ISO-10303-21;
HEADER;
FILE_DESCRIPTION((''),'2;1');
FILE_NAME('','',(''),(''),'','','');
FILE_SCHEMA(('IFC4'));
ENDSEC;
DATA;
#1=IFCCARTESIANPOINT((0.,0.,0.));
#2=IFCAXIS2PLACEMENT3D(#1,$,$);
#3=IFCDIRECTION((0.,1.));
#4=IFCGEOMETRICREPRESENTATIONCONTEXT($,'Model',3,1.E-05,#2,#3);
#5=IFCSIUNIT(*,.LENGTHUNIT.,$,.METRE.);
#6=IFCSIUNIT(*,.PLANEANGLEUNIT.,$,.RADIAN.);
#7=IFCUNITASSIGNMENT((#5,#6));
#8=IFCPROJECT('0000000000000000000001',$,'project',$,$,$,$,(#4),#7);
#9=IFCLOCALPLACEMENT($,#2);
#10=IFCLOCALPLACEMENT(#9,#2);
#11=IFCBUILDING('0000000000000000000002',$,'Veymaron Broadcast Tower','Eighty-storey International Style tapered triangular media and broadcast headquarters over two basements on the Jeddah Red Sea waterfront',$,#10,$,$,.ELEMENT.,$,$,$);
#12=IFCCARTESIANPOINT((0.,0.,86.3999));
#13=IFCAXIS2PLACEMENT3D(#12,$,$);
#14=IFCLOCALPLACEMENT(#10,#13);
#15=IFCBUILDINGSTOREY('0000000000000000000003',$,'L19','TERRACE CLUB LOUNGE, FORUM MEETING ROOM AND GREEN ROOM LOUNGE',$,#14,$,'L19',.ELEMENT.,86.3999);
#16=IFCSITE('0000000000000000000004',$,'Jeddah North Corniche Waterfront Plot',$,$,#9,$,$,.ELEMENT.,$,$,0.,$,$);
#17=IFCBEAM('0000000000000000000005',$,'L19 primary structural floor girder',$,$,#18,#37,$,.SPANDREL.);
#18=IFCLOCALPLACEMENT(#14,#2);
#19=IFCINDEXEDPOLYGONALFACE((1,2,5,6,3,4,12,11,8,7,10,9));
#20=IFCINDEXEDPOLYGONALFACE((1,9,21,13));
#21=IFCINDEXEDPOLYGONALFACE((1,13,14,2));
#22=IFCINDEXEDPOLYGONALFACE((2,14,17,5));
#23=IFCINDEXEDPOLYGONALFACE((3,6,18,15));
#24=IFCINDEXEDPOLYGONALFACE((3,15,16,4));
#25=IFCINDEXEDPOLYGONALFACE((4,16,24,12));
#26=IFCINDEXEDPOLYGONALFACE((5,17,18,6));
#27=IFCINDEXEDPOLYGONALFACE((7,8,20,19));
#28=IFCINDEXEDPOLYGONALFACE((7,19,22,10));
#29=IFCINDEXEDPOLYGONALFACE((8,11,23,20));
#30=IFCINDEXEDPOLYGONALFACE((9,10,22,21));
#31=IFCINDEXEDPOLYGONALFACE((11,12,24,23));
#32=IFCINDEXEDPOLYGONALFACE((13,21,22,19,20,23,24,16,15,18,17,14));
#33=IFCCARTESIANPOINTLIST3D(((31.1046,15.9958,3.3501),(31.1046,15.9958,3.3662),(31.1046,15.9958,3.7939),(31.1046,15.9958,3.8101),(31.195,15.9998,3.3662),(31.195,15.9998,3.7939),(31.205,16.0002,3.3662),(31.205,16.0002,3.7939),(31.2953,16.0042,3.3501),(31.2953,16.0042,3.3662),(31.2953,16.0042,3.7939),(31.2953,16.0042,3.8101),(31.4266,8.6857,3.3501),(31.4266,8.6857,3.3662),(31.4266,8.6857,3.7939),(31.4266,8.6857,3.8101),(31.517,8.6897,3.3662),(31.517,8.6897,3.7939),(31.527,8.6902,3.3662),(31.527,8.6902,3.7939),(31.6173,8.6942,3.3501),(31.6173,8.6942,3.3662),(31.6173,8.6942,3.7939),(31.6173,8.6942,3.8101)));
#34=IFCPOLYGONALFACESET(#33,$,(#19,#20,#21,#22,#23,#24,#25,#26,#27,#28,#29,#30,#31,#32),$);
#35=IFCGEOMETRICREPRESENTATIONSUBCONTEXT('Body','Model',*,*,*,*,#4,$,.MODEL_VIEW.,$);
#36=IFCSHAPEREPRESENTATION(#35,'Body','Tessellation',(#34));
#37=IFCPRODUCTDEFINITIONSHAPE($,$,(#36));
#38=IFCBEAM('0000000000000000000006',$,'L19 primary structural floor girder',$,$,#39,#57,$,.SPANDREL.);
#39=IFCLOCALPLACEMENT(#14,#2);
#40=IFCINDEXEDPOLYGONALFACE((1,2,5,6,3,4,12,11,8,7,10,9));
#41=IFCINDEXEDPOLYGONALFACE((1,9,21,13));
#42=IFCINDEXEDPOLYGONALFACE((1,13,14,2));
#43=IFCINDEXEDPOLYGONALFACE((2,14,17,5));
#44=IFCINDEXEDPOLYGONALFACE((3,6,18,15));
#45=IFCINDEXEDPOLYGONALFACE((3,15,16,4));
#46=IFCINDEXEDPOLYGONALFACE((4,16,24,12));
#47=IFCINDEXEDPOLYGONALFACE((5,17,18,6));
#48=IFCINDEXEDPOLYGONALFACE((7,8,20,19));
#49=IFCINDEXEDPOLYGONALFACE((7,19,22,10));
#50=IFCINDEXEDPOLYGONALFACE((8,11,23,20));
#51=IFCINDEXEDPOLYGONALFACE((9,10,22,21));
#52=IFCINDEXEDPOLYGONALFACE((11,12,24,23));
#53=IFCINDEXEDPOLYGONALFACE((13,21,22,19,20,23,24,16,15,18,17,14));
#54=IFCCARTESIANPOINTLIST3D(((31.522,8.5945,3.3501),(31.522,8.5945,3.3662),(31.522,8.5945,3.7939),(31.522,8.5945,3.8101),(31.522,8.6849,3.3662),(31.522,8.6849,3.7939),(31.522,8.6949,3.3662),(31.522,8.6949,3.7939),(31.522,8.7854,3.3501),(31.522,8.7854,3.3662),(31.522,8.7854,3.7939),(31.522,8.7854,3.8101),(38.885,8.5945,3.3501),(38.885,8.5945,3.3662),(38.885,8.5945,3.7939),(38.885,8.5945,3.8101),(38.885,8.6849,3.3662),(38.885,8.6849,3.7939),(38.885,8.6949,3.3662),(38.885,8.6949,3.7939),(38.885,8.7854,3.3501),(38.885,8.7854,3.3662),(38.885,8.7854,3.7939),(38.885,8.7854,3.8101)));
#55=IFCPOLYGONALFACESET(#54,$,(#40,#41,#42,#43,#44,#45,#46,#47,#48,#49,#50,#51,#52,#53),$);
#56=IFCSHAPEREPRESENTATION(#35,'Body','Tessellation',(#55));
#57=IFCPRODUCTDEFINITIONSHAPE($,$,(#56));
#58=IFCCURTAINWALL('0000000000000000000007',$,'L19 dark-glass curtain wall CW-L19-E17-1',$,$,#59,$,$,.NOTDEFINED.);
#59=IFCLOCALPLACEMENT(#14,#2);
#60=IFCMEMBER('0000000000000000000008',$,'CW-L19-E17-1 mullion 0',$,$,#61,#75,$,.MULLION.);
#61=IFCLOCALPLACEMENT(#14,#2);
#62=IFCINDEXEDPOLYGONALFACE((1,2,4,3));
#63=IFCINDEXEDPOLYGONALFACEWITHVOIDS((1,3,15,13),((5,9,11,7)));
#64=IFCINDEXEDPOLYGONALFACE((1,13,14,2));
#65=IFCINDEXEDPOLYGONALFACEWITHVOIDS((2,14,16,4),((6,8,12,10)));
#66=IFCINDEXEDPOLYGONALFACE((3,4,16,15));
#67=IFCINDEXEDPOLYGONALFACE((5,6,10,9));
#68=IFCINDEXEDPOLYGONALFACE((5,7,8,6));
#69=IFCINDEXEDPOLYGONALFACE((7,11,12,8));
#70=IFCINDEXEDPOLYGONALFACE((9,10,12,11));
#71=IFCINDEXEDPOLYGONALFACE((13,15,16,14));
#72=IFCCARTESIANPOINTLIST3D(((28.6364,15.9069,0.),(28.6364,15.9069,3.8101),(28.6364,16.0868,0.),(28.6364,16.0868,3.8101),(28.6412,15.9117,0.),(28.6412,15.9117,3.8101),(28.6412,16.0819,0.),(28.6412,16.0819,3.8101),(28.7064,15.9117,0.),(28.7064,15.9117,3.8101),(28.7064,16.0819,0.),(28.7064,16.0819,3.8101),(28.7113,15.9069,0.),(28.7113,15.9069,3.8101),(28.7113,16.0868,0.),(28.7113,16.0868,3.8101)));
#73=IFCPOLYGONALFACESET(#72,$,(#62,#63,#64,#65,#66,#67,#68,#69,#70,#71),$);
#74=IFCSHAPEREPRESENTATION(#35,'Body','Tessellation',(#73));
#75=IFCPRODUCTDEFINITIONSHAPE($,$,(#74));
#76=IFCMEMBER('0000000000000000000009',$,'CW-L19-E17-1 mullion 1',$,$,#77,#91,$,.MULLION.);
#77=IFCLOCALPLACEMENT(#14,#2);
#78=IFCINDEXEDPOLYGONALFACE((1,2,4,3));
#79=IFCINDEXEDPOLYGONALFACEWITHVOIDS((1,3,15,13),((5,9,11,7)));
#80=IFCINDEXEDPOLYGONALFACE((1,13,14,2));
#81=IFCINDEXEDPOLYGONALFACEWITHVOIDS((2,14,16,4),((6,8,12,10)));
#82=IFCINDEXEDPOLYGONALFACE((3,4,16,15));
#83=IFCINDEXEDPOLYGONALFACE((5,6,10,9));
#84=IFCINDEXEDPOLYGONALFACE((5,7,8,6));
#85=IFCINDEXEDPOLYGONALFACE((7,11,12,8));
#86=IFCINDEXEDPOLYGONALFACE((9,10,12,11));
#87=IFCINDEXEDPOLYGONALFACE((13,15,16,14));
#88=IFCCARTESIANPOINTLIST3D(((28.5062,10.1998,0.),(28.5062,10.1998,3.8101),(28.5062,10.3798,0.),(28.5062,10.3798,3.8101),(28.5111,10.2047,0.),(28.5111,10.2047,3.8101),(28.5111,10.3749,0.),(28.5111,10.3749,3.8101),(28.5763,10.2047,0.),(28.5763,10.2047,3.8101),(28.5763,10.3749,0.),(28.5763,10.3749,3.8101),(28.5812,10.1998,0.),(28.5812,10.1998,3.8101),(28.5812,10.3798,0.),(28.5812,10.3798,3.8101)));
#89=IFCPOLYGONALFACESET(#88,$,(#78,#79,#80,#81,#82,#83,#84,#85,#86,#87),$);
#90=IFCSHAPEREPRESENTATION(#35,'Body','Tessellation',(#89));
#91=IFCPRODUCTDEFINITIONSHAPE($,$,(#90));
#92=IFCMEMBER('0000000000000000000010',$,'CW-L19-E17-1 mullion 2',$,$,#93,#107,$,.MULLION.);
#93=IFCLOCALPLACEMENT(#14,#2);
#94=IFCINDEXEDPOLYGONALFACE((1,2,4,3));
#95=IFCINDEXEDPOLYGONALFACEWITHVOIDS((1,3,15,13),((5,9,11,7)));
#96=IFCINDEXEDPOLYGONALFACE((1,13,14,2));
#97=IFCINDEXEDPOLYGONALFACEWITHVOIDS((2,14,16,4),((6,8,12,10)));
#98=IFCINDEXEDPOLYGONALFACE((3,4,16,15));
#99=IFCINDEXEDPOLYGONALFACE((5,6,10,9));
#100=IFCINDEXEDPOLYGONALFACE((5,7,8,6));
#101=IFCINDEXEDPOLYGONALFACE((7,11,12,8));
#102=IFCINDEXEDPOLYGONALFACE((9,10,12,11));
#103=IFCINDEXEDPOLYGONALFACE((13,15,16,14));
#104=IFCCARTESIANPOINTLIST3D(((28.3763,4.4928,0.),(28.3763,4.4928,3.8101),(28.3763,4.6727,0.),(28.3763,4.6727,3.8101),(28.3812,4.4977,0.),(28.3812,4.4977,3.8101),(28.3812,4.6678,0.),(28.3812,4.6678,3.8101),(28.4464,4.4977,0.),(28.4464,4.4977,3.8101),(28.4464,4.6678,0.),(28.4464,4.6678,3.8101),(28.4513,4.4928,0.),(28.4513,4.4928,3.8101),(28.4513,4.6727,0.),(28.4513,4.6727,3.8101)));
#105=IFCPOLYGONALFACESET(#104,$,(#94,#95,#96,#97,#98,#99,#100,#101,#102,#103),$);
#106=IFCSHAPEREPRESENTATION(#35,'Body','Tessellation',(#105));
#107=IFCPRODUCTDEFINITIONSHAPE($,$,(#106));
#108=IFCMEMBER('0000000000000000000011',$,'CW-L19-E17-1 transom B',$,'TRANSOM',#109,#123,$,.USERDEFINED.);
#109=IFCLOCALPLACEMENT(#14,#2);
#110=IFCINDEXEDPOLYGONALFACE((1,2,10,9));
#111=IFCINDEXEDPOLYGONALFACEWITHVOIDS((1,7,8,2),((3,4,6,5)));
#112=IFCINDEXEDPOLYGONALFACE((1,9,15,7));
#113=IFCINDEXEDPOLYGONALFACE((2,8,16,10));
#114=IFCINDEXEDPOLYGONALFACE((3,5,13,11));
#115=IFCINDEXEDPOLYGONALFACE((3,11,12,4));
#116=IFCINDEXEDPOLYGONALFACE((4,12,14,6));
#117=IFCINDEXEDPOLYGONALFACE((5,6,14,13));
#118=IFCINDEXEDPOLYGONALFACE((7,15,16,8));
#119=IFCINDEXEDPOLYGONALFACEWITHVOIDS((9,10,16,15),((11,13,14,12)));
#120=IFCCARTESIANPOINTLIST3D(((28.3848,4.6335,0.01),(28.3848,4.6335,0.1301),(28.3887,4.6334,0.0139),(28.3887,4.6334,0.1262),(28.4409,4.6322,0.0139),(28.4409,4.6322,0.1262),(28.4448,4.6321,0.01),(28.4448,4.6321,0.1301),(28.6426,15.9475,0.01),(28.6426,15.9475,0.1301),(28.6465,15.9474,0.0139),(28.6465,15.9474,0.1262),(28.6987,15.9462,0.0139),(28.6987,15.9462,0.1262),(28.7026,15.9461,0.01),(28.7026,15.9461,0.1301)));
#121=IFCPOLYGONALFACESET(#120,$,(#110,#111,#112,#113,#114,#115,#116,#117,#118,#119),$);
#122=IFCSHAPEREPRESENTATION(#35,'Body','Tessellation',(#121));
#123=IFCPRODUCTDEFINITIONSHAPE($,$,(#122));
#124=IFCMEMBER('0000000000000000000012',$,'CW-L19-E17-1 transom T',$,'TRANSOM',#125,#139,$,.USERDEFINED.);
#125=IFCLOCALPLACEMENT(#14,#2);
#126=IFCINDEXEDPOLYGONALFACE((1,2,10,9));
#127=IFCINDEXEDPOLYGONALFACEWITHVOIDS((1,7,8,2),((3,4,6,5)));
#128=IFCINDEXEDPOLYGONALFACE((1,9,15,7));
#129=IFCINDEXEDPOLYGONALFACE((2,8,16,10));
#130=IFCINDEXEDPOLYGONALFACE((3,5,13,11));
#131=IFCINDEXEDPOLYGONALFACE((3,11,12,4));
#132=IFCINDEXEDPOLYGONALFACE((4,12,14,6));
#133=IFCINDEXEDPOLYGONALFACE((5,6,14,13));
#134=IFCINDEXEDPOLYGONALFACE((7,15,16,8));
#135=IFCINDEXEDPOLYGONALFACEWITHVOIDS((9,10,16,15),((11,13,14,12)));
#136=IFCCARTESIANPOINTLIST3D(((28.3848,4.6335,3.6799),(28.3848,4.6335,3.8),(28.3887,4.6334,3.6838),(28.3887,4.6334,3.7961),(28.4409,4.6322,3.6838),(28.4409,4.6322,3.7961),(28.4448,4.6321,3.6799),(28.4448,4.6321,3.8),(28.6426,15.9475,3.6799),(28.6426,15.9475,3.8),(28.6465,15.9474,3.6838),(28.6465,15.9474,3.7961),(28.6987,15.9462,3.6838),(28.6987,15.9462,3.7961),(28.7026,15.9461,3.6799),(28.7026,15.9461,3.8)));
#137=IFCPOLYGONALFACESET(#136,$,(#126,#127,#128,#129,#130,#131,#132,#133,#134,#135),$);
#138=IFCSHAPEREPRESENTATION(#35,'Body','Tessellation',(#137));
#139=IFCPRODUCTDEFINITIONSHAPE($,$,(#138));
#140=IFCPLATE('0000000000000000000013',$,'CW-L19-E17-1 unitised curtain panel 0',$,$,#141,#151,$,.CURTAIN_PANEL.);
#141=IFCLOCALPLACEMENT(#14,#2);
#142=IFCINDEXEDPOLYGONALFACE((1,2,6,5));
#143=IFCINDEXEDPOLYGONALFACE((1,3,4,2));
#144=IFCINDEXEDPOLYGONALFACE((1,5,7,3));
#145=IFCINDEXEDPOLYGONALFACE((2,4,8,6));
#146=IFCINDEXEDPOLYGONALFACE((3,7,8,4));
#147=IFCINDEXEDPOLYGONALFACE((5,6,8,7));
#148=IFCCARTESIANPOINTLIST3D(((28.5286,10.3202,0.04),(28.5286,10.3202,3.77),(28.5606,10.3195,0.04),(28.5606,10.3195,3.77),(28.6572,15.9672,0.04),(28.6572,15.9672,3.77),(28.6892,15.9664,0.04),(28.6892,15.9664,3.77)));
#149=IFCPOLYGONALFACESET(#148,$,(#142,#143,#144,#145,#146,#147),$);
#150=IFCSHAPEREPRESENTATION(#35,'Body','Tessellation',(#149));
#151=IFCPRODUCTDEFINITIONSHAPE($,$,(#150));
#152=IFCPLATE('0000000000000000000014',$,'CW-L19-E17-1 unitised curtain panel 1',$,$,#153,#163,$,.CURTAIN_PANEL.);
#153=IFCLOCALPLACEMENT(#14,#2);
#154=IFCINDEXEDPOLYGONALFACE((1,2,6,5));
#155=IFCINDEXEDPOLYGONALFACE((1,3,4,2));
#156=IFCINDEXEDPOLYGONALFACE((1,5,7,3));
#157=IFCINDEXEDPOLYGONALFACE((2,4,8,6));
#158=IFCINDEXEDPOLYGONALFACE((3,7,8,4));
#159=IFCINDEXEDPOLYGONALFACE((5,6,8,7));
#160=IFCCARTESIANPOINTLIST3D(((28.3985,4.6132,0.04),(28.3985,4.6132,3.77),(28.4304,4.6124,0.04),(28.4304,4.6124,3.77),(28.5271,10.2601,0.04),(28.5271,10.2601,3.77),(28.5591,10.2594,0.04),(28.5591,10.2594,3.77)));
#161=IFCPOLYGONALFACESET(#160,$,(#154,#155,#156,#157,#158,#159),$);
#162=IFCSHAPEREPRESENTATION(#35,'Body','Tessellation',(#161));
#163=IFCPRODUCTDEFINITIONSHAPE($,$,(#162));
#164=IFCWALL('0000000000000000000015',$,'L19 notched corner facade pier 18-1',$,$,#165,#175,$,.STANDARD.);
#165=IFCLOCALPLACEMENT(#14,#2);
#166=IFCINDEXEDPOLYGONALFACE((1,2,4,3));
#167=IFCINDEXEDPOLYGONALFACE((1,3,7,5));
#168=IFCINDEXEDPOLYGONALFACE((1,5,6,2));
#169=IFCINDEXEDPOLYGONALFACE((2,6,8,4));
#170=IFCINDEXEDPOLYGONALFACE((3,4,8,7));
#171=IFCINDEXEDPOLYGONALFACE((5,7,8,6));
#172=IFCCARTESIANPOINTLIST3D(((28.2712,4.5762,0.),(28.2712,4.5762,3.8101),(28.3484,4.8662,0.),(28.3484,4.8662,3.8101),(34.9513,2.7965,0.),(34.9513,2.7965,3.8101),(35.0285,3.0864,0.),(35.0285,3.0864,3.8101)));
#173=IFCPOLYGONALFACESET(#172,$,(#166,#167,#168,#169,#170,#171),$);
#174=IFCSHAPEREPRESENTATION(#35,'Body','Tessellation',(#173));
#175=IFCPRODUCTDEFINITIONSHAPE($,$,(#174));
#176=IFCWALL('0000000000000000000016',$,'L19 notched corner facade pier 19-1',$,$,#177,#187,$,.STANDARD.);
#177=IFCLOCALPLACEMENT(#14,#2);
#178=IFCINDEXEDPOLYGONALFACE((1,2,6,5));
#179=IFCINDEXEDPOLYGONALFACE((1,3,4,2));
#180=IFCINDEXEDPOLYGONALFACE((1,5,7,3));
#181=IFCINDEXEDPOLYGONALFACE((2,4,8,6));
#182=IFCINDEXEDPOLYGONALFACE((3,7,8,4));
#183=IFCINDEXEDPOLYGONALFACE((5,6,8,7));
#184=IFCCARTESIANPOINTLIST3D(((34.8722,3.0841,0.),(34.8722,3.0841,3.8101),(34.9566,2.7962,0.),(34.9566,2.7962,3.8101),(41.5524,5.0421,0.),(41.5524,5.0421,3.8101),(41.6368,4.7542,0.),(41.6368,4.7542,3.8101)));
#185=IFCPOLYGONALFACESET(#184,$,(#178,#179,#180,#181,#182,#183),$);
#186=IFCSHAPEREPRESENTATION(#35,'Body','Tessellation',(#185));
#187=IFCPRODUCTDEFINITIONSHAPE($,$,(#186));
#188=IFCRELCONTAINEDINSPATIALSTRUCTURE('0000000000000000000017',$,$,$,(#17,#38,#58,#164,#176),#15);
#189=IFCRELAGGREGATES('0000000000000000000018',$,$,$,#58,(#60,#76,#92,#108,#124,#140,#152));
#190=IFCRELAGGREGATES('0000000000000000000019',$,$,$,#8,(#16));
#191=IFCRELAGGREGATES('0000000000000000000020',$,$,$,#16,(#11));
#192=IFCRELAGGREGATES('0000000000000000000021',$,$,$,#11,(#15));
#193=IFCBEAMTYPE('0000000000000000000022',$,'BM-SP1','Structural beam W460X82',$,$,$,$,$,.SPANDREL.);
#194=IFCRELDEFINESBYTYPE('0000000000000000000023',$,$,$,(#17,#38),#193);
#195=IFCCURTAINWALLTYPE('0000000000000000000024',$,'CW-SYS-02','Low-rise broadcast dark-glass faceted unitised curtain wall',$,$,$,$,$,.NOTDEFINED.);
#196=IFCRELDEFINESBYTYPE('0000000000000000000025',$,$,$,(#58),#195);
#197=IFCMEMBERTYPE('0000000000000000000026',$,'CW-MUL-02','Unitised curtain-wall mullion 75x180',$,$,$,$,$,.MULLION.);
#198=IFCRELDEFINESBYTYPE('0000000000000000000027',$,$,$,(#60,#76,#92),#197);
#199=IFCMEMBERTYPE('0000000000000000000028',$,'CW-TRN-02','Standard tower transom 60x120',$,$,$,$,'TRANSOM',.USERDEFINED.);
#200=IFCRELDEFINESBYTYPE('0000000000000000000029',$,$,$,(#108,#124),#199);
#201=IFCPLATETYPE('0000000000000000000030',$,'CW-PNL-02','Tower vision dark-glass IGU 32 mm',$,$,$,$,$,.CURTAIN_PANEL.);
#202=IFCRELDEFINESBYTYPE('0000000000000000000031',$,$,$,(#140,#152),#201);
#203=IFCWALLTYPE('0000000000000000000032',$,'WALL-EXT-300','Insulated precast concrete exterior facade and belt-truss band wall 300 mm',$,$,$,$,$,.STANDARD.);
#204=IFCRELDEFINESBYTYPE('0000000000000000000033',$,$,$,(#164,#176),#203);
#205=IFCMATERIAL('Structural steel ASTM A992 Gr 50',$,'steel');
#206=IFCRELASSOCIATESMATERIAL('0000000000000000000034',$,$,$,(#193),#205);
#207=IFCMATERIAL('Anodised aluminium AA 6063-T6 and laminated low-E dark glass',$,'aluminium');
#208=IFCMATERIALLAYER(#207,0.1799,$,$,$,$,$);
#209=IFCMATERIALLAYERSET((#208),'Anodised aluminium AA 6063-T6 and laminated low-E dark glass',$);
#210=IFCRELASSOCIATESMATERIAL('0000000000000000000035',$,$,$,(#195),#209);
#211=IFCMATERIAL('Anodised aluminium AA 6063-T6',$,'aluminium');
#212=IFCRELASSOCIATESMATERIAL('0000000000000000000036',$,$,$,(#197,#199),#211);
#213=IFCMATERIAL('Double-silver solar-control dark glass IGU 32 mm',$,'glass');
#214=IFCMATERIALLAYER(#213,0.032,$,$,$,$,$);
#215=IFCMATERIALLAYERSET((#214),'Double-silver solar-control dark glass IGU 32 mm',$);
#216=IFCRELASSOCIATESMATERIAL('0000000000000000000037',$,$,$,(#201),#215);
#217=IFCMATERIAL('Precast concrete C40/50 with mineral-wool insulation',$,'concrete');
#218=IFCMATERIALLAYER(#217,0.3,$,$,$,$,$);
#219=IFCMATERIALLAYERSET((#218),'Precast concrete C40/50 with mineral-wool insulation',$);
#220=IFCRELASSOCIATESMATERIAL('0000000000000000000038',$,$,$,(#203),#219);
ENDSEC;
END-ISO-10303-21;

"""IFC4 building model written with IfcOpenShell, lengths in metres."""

from ifc_helpers import new_model, si_unit, direction, frame, frame_2d, origin, origin_2d, place, context, subcontext, project, spatial, rectangle, hollow_rectangle, i_section, extrude, material, layer, layer_set, material_profile, profile_set, type_object, element, aggregate, save


model = new_model("IFC4")

# Units and contexts
model_context = context("Model", 3, precision=1e-05, world=origin(), true_north=direction((0.0, 1.0)))
body_context = subcontext(model_context, "Body", "Model", "MODEL_VIEW")
ifc_project = project(units=[si_unit("LENGTHUNIT", "METRE"), si_unit("PLANEANGLEUNIT", "RADIAN")], contexts=[model_context])

# Site, building, storey
site_placement = place(None, origin())
site = spatial("IfcSite", under=ifc_project, at=site_placement, Name="Jeddah North Corniche Waterfront Plot", CompositionType="ELEMENT", RefElevation=0.0)
building_placement = place(site_placement, origin())
building = spatial("IfcBuilding", under=site, at=building_placement, Name="Veymaron Broadcast Tower", Description="Eighty-storey International Style tapered triangular media and broadcast headquarters over two basements on the Jeddah Red Sea waterfront", CompositionType="ELEMENT")
storey_placement = place(building_placement, frame((0.0, 0.0, 86.3999)))
storey = spatial("IfcBuildingStorey", under=building, at=storey_placement, Name="L19", Description="TERRACE CLUB LOUNGE, FORUM MEETING ROOM AND GREEN ROOM LOUNGE", LongName="L19", CompositionType="ELEMENT", Elevation=86.3999)

# Beams
ifc_material_1 = material(Name="Structural steel ASTM A992 Gr 50", Category="steel")
ifc_material_profile_1 = material_profile(ifc_material_1, i_section(OverallWidth=0.1909, OverallDepth=0.46, WebThickness=0.01, FlangeThickness=0.0161, at=origin_2d()), Name="W460X82")
ifc_profile_set_1 = profile_set([ifc_material_profile_1], Name="Structural steel ASTM A992 Gr 50")
beam_type_1 = type_object("IfcBeamType", Name="BM-SP1", Description="Structural beam W460X82", PredefinedType="SPANDREL", material=ifc_profile_set_1)
beam_1_placement = place(storey_placement, frame((31.2, 16.0, 3.5801), z_axis=(0.044009, -0.999031, 0.0), x_axis=(0.999031, 0.044009, 0.0)))
element("IfcBeam", 1, at=beam_1_placement, inside=storey, type_object=beam_type_1, Name="L19 primary structural floor girder", PredefinedType="SPANDREL", context=body_context, shape_type="SweptSolid", body=[
    extrude(i_section(OverallWidth=0.1909, OverallDepth=0.46, WebThickness=0.01, FlangeThickness=0.0161, at=origin_2d()), origin(), (0.0, 0.0, 1.0), 7.3171),
])
beam_2_placement = place(storey_placement, frame((31.522, 8.6899, 3.5801), z_axis=(1.0, 0.0, 0.0), x_axis=(0.0, 1.0, 0.0)))
element("IfcBeam", 2, at=beam_2_placement, inside=storey, type_object=beam_type_1, Name="L19 primary structural floor girder", PredefinedType="SPANDREL", context=body_context, shape_type="SweptSolid", body=[
    extrude(i_section(OverallWidth=0.1909, OverallDepth=0.46, WebThickness=0.01, FlangeThickness=0.0161, at=origin_2d()), origin(), (0.0, 0.0, 1.0), 7.363),
])

# Curtain wall, members, plates
ifc_material_2 = material(Name="Anodised aluminium AA 6063-T6 and laminated low-E dark glass", Category="aluminium")
ifc_layer_1 = layer(ifc_material_2, 0.1799)
ifc_layer_set_1 = layer_set([ifc_layer_1], Name="Anodised aluminium AA 6063-T6 and laminated low-E dark glass")
curtain_wall_type = type_object("IfcCurtainWallType", Name="CW-SYS-02", Description="Low-rise broadcast dark-glass faceted unitised curtain wall", PredefinedType="NOTDEFINED", material=ifc_layer_set_1)
curtain_wall_placement = place(storey_placement, origin())
curtain_wall = element("IfcCurtainWall", 3, at=curtain_wall_placement, inside=storey, type_object=curtain_wall_type, Name="L19 dark-glass curtain wall CW-L19-E17-1", PredefinedType="NOTDEFINED")
ifc_material_3 = material(Name="Anodised aluminium AA 6063-T6", Category="aluminium")
ifc_material_profile_2 = material_profile(ifc_material_3, hollow_rectangle(XDim=0.075, YDim=0.1799, WallThickness=0.0049, at=origin_2d()), Name="AL180X75X5")
ifc_profile_set_2 = profile_set([ifc_material_profile_2], Name="Anodised aluminium AA 6063-T6")
member_type_1 = type_object("IfcMemberType", Name="CW-MUL-02", Description="Unitised curtain-wall mullion 75x180", PredefinedType="MULLION", material=ifc_profile_set_2)
member_1_placement = place(storey_placement, frame((28.6738, 15.9968, 0.0), z_axis=(0.0, 0.0, 1.0), x_axis=(1.0, 0.0, 0.0)))
member_1 = element("IfcMember", 4, at=member_1_placement, type_object=member_type_1, Name="CW-L19-E17-1 mullion 0", PredefinedType="MULLION", context=body_context, shape_type="SweptSolid", body=[
    extrude(hollow_rectangle(XDim=0.075, YDim=0.1799, WallThickness=0.0049, at=origin_2d()), origin(), (0.0, 0.0, 1.0), 3.8101),
])
member_2_placement = place(storey_placement, frame((28.5437, 10.2898, 0.0), z_axis=(0.0, 0.0, 1.0), x_axis=(1.0, 0.0, 0.0)))
member_2 = element("IfcMember", 5, at=member_2_placement, type_object=member_type_1, Name="CW-L19-E17-1 mullion 1", PredefinedType="MULLION", context=body_context, shape_type="SweptSolid", body=[
    extrude(hollow_rectangle(XDim=0.075, YDim=0.1799, WallThickness=0.0049, at=origin_2d()), origin(), (0.0, 0.0, 1.0), 3.8101),
])
member_3_placement = place(storey_placement, frame((28.4138, 4.5828, 0.0), z_axis=(0.0, 0.0, 1.0), x_axis=(1.0, 0.0, 0.0)))
member_3 = element("IfcMember", 6, at=member_3_placement, type_object=member_type_1, Name="CW-L19-E17-1 mullion 2", PredefinedType="MULLION", context=body_context, shape_type="SweptSolid", body=[
    extrude(hollow_rectangle(XDim=0.075, YDim=0.1799, WallThickness=0.0049, at=origin_2d()), origin(), (0.0, 0.0, 1.0), 3.8101),
])
ifc_material_profile_3 = material_profile(ifc_material_3, hollow_rectangle(XDim=0.0601, YDim=0.1201, WallThickness=0.0039, at=origin_2d()), Name="AL120X60X4")
ifc_profile_set_3 = profile_set([ifc_material_profile_3], Name="Anodised aluminium AA 6063-T6")
member_type_2 = type_object("IfcMemberType", Name="CW-TRN-02", Description="Standard tower transom 60x120", ElementType="TRANSOM", PredefinedType="USERDEFINED", material=ifc_profile_set_3)
member_4_placement = place(storey_placement, frame((28.6726, 15.9468, 0.0701), z_axis=(-0.022781, -0.99974, 0.0), x_axis=(0.99974, -0.022781, 0.0)))
member_4 = element("IfcMember", 7, at=member_4_placement, type_object=member_type_2, Name="CW-L19-E17-1 transom B", ObjectType="TRANSOM", PredefinedType="USERDEFINED", context=body_context, shape_type="SweptSolid", body=[
    extrude(hollow_rectangle(XDim=0.0601, YDim=0.1201, WallThickness=0.0039, at=origin_2d()), origin(), (0.0, 0.0, 1.0), 11.3169),
])
member_5_placement = place(storey_placement, frame((28.6726, 15.9468, 3.74), z_axis=(-0.022781, -0.99974, 0.0), x_axis=(0.99974, -0.022781, 0.0)))
member_5 = element("IfcMember", 8, at=member_5_placement, type_object=member_type_2, Name="CW-L19-E17-1 transom T", ObjectType="TRANSOM", PredefinedType="USERDEFINED", context=body_context, shape_type="SweptSolid", body=[
    extrude(hollow_rectangle(XDim=0.0601, YDim=0.1201, WallThickness=0.0039, at=origin_2d()), origin(), (0.0, 0.0, 1.0), 11.3169),
])
ifc_material_4 = material(Name="Double-silver solar-control dark glass IGU 32 mm", Category="glass")
ifc_layer_2 = layer(ifc_material_4, 0.032)
ifc_layer_set_2 = layer_set([ifc_layer_2], Name="Double-silver solar-control dark glass IGU 32 mm")
plate_type = type_object("IfcPlateType", Name="CW-PNL-02", Description="Tower vision dark-glass IGU 32 mm", PredefinedType="CURTAIN_PANEL", material=ifc_layer_set_2)
plate_1_placement = place(storey_placement, frame((28.6089, 13.1433, 0.04), z_axis=(0.0, 0.0, 1.0), x_axis=(-0.022775, -0.999741, 0.0)))
plate_1 = element("IfcPlate", 9, at=plate_1_placement, type_object=plate_type, Name="CW-L19-E17-1 unitised curtain panel 0", PredefinedType="CURTAIN_PANEL", context=body_context, shape_type="SweptSolid", body=[
    extrude(rectangle(XDim=5.6484, YDim=0.032, at=origin_2d()), origin(), (0.0, 0.0, 1.0), 3.73),
])
plate_2_placement = place(storey_placement, frame((28.4788, 7.4363, 0.04), z_axis=(0.0, 0.0, 1.0), x_axis=(-0.022775, -0.999741, 0.0)))
plate_2 = element("IfcPlate", 10, at=plate_2_placement, type_object=plate_type, Name="CW-L19-E17-1 unitised curtain panel 1", PredefinedType="CURTAIN_PANEL", context=body_context, shape_type="SweptSolid", body=[
    extrude(rectangle(XDim=5.6484, YDim=0.032, at=origin_2d()), origin(), (0.0, 0.0, 1.0), 3.73),
])
aggregate(curtain_wall, [member_1, member_2, member_3, member_4, member_5, plate_1, plate_2])

# Walls
ifc_material_5 = material(Name="Precast concrete C40/50 with mineral-wool insulation", Category="concrete")
ifc_layer_3 = layer(ifc_material_5, 0.3)
ifc_layer_set_3 = layer_set([ifc_layer_3], Name="Precast concrete C40/50 with mineral-wool insulation")
wall_type_1 = type_object("IfcWallType", Name="WALL-EXT-300", Description="Insulated precast concrete exterior facade and belt-truss band wall 300 mm", PredefinedType="STANDARD", material=ifc_layer_set_3)
wall_1_placement = place(storey_placement, frame((28.3098, 4.7212, 0.0), z_axis=(0.0, 0.0, 1.0), x_axis=(0.966292, -0.257447, 0.0)))
element("IfcWall", 11, at=wall_1_placement, inside=storey, type_object=wall_type_1, Name="L19 notched corner facade pier 18-1", PredefinedType="STANDARD", context=body_context, shape_type="SweptSolid", body=[
    extrude(rectangle(XDim=6.9131, YDim=0.3, at=frame_2d((3.4565, 0.0))), origin(), (0.0, 0.0, 1.0), 3.8101),
])
wall_2_placement = place(storey_placement, frame((34.9146, 2.9402, 0.0), z_axis=(0.0, 0.0, 1.0), x_axis=(0.959628, 0.281274, 0.0)))
element("IfcWall", 12, at=wall_2_placement, inside=storey, type_object=wall_type_1, Name="L19 notched corner facade pier 19-1", PredefinedType="STANDARD", context=body_context, shape_type="SweptSolid", body=[
    extrude(rectangle(XDim=6.9612, YDim=0.3, at=frame_2d((3.4805, 0.0))), origin(), (0.0, 0.0, 1.0), 3.8101),
])

save(model, "model.ifc")
